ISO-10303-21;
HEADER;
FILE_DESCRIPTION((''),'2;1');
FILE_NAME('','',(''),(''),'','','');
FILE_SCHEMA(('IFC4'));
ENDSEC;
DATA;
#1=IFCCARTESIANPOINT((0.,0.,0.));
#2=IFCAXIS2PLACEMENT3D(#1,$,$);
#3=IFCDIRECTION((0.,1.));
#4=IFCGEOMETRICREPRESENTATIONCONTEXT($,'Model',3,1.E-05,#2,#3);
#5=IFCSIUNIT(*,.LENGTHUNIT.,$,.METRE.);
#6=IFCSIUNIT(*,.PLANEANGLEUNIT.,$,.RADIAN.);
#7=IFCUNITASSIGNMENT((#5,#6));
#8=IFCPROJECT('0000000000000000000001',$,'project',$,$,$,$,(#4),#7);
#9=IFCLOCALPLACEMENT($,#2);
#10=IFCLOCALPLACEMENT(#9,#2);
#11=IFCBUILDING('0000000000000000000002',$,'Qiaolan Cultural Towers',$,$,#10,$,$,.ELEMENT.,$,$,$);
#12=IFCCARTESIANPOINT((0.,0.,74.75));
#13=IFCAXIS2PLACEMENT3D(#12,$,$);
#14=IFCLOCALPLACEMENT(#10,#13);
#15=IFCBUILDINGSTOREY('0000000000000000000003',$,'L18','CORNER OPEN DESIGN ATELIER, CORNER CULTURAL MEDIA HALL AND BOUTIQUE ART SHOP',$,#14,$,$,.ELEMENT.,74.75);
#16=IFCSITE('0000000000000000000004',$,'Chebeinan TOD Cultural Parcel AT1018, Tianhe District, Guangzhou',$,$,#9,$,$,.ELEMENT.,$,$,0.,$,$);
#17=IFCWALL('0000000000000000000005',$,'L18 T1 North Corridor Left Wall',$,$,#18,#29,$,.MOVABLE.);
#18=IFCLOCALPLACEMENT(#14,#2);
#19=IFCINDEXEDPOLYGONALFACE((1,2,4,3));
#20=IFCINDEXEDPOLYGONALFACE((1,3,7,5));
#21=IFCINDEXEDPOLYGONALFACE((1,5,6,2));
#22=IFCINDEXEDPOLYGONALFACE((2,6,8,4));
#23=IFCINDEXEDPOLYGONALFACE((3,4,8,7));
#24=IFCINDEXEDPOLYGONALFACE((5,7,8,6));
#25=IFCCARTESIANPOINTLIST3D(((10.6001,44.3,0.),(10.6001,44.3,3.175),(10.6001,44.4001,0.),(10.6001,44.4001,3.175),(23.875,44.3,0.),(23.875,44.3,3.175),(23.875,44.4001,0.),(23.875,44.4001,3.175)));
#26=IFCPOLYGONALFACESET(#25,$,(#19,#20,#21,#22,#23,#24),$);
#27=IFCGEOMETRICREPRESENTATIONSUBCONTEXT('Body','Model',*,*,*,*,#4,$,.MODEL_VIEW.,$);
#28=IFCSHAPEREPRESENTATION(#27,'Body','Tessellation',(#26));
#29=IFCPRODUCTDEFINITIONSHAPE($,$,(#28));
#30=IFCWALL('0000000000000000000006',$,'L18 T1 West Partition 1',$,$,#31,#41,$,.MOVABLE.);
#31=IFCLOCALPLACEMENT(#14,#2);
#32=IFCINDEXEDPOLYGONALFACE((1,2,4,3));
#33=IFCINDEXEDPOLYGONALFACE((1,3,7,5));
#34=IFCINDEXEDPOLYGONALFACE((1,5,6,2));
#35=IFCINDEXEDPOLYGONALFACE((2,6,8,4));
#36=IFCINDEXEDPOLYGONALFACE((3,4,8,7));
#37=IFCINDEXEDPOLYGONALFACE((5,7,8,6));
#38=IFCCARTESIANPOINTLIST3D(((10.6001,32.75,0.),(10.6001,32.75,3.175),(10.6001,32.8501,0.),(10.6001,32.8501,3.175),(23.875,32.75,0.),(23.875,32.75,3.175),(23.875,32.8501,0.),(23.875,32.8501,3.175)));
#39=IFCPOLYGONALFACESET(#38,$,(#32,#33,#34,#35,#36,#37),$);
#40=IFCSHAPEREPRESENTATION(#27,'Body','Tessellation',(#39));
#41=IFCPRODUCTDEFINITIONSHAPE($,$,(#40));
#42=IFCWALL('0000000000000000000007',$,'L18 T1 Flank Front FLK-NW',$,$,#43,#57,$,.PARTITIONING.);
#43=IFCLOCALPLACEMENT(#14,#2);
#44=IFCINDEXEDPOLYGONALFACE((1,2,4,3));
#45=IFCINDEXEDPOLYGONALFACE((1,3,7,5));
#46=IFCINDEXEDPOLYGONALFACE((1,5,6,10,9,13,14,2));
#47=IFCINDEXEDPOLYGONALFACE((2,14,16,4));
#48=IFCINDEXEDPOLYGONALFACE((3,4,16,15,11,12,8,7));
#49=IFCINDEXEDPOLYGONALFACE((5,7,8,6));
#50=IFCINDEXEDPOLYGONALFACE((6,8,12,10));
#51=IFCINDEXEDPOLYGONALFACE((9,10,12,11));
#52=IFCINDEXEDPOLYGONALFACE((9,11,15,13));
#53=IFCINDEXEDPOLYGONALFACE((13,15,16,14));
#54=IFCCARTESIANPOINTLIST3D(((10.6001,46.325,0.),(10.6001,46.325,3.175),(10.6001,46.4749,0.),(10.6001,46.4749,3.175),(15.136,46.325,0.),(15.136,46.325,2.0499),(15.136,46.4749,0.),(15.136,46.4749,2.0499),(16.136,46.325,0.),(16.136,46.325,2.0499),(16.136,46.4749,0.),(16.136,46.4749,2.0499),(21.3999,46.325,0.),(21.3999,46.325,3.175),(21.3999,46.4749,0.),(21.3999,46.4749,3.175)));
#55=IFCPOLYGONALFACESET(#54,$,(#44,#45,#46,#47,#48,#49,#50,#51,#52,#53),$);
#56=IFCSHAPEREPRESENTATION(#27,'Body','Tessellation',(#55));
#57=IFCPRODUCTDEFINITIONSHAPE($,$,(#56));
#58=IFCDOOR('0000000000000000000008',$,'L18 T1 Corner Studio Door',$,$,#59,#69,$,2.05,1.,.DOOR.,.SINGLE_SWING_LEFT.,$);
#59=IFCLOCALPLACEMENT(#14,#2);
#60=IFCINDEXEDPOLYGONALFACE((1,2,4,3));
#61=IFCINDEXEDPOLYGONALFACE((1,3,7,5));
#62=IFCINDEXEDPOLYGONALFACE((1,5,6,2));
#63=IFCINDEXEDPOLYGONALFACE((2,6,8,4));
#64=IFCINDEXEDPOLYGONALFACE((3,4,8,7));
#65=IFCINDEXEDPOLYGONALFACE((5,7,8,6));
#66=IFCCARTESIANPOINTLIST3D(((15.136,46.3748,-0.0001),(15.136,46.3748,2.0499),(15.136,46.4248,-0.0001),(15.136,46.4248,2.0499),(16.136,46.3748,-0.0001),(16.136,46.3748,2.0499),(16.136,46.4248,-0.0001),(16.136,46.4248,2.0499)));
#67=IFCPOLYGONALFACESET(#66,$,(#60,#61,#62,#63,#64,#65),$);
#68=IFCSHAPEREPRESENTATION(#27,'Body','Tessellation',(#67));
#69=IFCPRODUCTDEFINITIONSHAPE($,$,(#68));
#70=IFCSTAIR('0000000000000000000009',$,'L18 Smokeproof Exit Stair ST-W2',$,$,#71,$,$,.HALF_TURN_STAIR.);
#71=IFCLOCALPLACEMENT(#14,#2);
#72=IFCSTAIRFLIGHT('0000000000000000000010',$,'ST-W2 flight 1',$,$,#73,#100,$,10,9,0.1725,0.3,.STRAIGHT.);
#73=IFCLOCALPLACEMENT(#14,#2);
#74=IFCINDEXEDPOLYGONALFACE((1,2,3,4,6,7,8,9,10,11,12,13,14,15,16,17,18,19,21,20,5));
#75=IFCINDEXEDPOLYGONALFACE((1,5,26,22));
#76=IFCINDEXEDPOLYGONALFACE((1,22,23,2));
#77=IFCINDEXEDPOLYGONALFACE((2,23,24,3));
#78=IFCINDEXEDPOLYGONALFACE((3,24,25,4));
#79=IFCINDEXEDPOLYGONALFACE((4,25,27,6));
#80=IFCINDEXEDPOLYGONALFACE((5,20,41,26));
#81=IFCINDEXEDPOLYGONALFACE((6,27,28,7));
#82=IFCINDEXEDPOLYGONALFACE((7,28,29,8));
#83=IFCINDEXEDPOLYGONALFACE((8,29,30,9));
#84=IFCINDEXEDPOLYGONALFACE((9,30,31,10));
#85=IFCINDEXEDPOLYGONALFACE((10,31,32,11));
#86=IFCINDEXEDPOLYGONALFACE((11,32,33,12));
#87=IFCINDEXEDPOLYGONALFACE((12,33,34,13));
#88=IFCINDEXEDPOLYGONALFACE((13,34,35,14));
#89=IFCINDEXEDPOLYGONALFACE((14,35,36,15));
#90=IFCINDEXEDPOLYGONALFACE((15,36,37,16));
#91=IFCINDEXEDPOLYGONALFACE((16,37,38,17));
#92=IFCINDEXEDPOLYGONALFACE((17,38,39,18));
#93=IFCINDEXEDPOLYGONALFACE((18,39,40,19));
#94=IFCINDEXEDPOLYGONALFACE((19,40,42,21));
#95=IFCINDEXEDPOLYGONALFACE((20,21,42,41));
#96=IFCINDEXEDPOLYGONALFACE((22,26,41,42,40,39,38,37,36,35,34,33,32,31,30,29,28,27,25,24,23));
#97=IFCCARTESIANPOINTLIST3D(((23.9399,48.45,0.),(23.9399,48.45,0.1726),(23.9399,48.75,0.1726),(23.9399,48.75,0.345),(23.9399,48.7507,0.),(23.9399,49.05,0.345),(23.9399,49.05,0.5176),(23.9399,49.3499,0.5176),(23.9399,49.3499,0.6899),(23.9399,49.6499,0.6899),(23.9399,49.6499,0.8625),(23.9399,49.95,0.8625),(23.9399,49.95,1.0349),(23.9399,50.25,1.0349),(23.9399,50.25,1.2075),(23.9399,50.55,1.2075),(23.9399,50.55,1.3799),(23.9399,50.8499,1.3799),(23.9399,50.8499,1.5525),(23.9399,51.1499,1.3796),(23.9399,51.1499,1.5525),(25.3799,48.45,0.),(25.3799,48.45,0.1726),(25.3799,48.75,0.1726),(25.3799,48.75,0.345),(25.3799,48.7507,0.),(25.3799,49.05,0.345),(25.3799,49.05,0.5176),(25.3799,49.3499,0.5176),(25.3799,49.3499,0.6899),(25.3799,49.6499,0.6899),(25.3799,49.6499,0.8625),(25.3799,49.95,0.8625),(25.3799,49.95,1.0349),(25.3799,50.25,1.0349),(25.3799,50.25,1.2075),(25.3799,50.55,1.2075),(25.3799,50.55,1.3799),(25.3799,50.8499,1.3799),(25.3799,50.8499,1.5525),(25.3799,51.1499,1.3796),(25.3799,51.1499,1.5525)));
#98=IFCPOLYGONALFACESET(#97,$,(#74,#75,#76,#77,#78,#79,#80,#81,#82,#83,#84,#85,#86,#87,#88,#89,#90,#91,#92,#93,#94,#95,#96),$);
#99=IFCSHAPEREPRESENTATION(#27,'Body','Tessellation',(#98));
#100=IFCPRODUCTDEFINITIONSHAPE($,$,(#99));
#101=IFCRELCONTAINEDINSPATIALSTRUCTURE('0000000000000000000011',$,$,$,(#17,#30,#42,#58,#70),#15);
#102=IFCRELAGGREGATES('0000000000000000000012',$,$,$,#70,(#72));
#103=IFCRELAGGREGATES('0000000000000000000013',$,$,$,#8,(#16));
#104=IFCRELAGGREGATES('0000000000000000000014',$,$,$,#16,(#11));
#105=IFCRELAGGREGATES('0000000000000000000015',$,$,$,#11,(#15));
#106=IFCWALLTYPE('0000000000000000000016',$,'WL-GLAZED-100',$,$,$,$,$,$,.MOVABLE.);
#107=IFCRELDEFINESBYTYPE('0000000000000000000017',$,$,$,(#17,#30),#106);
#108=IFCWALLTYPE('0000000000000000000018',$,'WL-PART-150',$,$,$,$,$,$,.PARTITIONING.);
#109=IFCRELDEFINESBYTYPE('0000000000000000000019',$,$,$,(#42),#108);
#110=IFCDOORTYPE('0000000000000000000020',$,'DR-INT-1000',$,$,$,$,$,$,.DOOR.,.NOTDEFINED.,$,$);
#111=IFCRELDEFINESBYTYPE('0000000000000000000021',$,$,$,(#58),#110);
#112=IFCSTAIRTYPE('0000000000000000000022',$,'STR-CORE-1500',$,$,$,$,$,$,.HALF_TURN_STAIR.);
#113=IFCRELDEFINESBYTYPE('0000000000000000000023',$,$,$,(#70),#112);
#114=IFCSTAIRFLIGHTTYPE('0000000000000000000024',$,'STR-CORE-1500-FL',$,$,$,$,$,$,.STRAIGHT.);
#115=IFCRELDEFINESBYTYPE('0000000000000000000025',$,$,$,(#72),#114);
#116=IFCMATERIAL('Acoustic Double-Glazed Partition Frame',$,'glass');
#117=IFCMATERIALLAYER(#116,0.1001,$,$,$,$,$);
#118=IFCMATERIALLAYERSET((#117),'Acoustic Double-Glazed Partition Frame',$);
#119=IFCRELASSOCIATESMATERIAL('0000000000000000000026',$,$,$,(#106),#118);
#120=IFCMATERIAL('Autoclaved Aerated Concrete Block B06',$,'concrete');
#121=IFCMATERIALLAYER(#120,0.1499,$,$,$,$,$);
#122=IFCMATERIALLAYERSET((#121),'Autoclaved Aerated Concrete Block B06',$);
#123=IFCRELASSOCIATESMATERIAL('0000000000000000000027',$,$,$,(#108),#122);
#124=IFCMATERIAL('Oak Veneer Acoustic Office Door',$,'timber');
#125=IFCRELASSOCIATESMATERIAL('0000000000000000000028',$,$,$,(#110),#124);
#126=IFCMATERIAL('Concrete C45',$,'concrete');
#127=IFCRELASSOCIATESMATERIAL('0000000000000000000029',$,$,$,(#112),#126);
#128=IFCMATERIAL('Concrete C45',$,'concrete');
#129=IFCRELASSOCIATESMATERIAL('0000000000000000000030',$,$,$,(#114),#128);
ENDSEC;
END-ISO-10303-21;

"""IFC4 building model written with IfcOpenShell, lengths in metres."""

from ifc_helpers import new_model, si_unit, direction, frame, frame_2d, origin, place, context, subcontext, project, spatial, polyline, rectangle, outline, extrude, material, layer, layer_set, type_object, element, fill, aggregate, save


model = new_model("IFC4")

# Units and contexts
model_context = context("Model", 3, precision=1e-05, world=origin(), true_north=direction((0.0, 1.0)))
body_context = subcontext(model_context, "Body", "Model", "MODEL_VIEW")
ifc_project = project(units=[si_unit("LENGTHUNIT", "METRE"), si_unit("PLANEANGLEUNIT", "RADIAN")], contexts=[model_context])

# Site, building, storey
site_placement = place(None, origin())
site = spatial("IfcSite", under=ifc_project, at=site_placement, Name="Chebeinan TOD Cultural Parcel AT1018, Tianhe District, Guangzhou", CompositionType="ELEMENT", RefElevation=0.0)
building_placement = place(site_placement, origin())
building = spatial("IfcBuilding", under=site, at=building_placement, Name="Qiaolan Cultural Towers", CompositionType="ELEMENT")
storey_placement = place(building_placement, frame((0.0, 0.0, 74.75)))
storey = spatial("IfcBuildingStorey", under=building, at=storey_placement, Name="L18", Description="CORNER OPEN DESIGN ATELIER, CORNER CULTURAL MEDIA HALL AND BOUTIQUE ART SHOP", CompositionType="ELEMENT", Elevation=74.75)

# Walls
ifc_material_1 = material(Name="Acoustic Double-Glazed Partition Frame", Category="glass")
ifc_layer_1 = layer(ifc_material_1, 0.1001)
ifc_layer_set_1 = layer_set([ifc_layer_1], Name="Acoustic Double-Glazed Partition Frame")
wall_type_1 = type_object("IfcWallType", Name="WL-GLAZED-100", PredefinedType="MOVABLE", material=ifc_layer_set_1)
for number, where, z_axis, x_axis, name in (
    (1, (10.6001, 44.3501, 0.0), (0.0, 0.0, 1.0), (1.0, 0.0, 0.0), "L18 T1 North Corridor Left Wall"),
    (2, (10.6001, 32.8, 0.0), (0.0, 0.0, 1.0), (1.0, 0.0, 0.0), "L18 T1 West Partition 1"),
):
    element("IfcWall", number, at=place(storey_placement, frame(where, z_axis=z_axis, x_axis=x_axis)), inside=storey, type_object=wall_type_1, Name=name, PredefinedType="MOVABLE", context=body_context, shape_type="SweptSolid", body=[
        extrude(rectangle(XDim=13.2749, YDim=0.1001, at=frame_2d((6.6375, 0.0))), origin(), (0.0, 0.0, 1.0), 3.175),
    ])

# Wall, opening, door
ifc_material_2 = material(Name="Autoclaved Aerated Concrete Block B06", Category="concrete")
ifc_layer_2 = layer(ifc_material_2, 0.1499)
ifc_layer_set_2 = layer_set([ifc_layer_2], Name="Autoclaved Aerated Concrete Block B06")
wall_type_2 = type_object("IfcWallType", Name="WL-PART-150", PredefinedType="PARTITIONING", material=ifc_layer_set_2)
wall_1_placement = place(storey_placement, frame((10.6001, 46.3999, 0.0), z_axis=(0.0, 0.0, 1.0), x_axis=(1.0, 0.0, 0.0)))
wall_1 = element("IfcWall", 3, at=wall_1_placement, inside=storey, type_object=wall_type_2, Name="L18 T1 Flank Front FLK-NW", PredefinedType="PARTITIONING", context=body_context, shape_type="SweptSolid", body=[
    extrude(rectangle(XDim=10.7998, YDim=0.1499, at=frame_2d((5.3999, 0.0))), origin(), (0.0, 0.0, 1.0), 3.175),
])
opening_1_placement = place(wall_1_placement, frame((4.5359, 0.0, 0.0)))
opening_1 = element("IfcOpeningElement", 4, at=opening_1_placement, cuts=wall_1, PredefinedType="OPENING", context=body_context, shape_type="SweptSolid", body=[
    extrude(rectangle(XDim=1.0, YDim=2.05, at=frame_2d((0.5, 1.0249))), frame((0.0, 0.085, 0.0), z_axis=(0.0, -1.0, 0.0), x_axis=(1.0, 0.0, 0.0)), (0.0, 0.0, 1.0), 0.1699),
])
ifc_material_3 = material(Name="Oak Veneer Acoustic Office Door", Category="timber")
door_type_1 = type_object("IfcDoorType", Name="DR-INT-1000", OperationType="NOTDEFINED", PredefinedType="DOOR", material=ifc_material_3)
door_1_placement = place(opening_1_placement, origin())
door_1 = element("IfcDoor", 5, at=door_1_placement, inside=storey, type_object=door_type_1, Name="L18 T1 Corner Studio Door", OperationType="SINGLE_SWING_LEFT", OverallHeight=2.05, OverallWidth=1.0, PredefinedType="DOOR", context=body_context, shape_type="SweptSolid", body=[
    extrude(rectangle(XDim=1.0, YDim=2.05, at=frame_2d((0.5, 1.0249))), frame((0.0, 0.0249, 0.0), z_axis=(0.0, -1.0, 0.0), x_axis=(1.0, 0.0, 0.0)), (0.0, 0.0, 1.0), 0.05),
])
fill(opening_1, door_1)

# Stair, stair flight
ifc_material_4 = material(Name="Concrete C45", Category="concrete")
stair_type = type_object("IfcStairType", Name="STR-CORE-1500", PredefinedType="HALF_TURN_STAIR", material=ifc_material_4)
stair_placement = place(storey_placement, origin())
stair = element("IfcStair", 6, at=stair_placement, inside=storey, type_object=stair_type, Name="L18 Smokeproof Exit Stair ST-W2", PredefinedType="HALF_TURN_STAIR")
ifc_material_5 = material(Name="Concrete C45", Category="concrete")
stair_flight_type = type_object("IfcStairFlightType", Name="STR-CORE-1500-FL", PredefinedType="STRAIGHT", material=ifc_material_5)
stair_flight_placement = place(storey_placement, frame((24.6599, 48.45, 0.0), z_axis=(0.0, 0.0, 1.0), x_axis=(0.0, 1.0, 0.0)))
stair_flight = element("IfcStairFlight", 7, at=stair_flight_placement, type_object=stair_flight_type, Name="ST-W2 flight 1", NumberOfRisers=10, NumberOfTreads=9, PredefinedType="STRAIGHT", RiserHeight=0.1725, TreadLength=0.3, context=body_context, shape_type="SweptSolid", body=[
    extrude(outline(polyline([(0.0, 0.0), (0.0, 0.1726), (0.3, 0.1726), (0.3, 0.345), (0.6001, 0.345), (0.6001, 0.5176), (0.8999, 0.5176), (0.8999, 0.6899), (1.2, 0.6899), (1.2, 0.8625), (1.5, 0.8625), (1.5, 1.0349), (1.8, 1.0349), (1.8, 1.2075), (2.1001, 1.2075), (2.1001, 1.3799), (2.3999, 1.3799), (2.3999, 1.5525), (2.7, 1.5525), (2.7, 1.7251), (2.7, 1.3796), (0.3008, 0.0), (0.0, 0.0)])), frame((0.0, 0.72, 0.0), z_axis=(0.0, -1.0, 0.0), x_axis=(1.0, 0.0, 0.0)), (0.0, 0.0, 1.0), 1.4399),
])
aggregate(stair, [stair_flight])

save(model, "model.ifc")
